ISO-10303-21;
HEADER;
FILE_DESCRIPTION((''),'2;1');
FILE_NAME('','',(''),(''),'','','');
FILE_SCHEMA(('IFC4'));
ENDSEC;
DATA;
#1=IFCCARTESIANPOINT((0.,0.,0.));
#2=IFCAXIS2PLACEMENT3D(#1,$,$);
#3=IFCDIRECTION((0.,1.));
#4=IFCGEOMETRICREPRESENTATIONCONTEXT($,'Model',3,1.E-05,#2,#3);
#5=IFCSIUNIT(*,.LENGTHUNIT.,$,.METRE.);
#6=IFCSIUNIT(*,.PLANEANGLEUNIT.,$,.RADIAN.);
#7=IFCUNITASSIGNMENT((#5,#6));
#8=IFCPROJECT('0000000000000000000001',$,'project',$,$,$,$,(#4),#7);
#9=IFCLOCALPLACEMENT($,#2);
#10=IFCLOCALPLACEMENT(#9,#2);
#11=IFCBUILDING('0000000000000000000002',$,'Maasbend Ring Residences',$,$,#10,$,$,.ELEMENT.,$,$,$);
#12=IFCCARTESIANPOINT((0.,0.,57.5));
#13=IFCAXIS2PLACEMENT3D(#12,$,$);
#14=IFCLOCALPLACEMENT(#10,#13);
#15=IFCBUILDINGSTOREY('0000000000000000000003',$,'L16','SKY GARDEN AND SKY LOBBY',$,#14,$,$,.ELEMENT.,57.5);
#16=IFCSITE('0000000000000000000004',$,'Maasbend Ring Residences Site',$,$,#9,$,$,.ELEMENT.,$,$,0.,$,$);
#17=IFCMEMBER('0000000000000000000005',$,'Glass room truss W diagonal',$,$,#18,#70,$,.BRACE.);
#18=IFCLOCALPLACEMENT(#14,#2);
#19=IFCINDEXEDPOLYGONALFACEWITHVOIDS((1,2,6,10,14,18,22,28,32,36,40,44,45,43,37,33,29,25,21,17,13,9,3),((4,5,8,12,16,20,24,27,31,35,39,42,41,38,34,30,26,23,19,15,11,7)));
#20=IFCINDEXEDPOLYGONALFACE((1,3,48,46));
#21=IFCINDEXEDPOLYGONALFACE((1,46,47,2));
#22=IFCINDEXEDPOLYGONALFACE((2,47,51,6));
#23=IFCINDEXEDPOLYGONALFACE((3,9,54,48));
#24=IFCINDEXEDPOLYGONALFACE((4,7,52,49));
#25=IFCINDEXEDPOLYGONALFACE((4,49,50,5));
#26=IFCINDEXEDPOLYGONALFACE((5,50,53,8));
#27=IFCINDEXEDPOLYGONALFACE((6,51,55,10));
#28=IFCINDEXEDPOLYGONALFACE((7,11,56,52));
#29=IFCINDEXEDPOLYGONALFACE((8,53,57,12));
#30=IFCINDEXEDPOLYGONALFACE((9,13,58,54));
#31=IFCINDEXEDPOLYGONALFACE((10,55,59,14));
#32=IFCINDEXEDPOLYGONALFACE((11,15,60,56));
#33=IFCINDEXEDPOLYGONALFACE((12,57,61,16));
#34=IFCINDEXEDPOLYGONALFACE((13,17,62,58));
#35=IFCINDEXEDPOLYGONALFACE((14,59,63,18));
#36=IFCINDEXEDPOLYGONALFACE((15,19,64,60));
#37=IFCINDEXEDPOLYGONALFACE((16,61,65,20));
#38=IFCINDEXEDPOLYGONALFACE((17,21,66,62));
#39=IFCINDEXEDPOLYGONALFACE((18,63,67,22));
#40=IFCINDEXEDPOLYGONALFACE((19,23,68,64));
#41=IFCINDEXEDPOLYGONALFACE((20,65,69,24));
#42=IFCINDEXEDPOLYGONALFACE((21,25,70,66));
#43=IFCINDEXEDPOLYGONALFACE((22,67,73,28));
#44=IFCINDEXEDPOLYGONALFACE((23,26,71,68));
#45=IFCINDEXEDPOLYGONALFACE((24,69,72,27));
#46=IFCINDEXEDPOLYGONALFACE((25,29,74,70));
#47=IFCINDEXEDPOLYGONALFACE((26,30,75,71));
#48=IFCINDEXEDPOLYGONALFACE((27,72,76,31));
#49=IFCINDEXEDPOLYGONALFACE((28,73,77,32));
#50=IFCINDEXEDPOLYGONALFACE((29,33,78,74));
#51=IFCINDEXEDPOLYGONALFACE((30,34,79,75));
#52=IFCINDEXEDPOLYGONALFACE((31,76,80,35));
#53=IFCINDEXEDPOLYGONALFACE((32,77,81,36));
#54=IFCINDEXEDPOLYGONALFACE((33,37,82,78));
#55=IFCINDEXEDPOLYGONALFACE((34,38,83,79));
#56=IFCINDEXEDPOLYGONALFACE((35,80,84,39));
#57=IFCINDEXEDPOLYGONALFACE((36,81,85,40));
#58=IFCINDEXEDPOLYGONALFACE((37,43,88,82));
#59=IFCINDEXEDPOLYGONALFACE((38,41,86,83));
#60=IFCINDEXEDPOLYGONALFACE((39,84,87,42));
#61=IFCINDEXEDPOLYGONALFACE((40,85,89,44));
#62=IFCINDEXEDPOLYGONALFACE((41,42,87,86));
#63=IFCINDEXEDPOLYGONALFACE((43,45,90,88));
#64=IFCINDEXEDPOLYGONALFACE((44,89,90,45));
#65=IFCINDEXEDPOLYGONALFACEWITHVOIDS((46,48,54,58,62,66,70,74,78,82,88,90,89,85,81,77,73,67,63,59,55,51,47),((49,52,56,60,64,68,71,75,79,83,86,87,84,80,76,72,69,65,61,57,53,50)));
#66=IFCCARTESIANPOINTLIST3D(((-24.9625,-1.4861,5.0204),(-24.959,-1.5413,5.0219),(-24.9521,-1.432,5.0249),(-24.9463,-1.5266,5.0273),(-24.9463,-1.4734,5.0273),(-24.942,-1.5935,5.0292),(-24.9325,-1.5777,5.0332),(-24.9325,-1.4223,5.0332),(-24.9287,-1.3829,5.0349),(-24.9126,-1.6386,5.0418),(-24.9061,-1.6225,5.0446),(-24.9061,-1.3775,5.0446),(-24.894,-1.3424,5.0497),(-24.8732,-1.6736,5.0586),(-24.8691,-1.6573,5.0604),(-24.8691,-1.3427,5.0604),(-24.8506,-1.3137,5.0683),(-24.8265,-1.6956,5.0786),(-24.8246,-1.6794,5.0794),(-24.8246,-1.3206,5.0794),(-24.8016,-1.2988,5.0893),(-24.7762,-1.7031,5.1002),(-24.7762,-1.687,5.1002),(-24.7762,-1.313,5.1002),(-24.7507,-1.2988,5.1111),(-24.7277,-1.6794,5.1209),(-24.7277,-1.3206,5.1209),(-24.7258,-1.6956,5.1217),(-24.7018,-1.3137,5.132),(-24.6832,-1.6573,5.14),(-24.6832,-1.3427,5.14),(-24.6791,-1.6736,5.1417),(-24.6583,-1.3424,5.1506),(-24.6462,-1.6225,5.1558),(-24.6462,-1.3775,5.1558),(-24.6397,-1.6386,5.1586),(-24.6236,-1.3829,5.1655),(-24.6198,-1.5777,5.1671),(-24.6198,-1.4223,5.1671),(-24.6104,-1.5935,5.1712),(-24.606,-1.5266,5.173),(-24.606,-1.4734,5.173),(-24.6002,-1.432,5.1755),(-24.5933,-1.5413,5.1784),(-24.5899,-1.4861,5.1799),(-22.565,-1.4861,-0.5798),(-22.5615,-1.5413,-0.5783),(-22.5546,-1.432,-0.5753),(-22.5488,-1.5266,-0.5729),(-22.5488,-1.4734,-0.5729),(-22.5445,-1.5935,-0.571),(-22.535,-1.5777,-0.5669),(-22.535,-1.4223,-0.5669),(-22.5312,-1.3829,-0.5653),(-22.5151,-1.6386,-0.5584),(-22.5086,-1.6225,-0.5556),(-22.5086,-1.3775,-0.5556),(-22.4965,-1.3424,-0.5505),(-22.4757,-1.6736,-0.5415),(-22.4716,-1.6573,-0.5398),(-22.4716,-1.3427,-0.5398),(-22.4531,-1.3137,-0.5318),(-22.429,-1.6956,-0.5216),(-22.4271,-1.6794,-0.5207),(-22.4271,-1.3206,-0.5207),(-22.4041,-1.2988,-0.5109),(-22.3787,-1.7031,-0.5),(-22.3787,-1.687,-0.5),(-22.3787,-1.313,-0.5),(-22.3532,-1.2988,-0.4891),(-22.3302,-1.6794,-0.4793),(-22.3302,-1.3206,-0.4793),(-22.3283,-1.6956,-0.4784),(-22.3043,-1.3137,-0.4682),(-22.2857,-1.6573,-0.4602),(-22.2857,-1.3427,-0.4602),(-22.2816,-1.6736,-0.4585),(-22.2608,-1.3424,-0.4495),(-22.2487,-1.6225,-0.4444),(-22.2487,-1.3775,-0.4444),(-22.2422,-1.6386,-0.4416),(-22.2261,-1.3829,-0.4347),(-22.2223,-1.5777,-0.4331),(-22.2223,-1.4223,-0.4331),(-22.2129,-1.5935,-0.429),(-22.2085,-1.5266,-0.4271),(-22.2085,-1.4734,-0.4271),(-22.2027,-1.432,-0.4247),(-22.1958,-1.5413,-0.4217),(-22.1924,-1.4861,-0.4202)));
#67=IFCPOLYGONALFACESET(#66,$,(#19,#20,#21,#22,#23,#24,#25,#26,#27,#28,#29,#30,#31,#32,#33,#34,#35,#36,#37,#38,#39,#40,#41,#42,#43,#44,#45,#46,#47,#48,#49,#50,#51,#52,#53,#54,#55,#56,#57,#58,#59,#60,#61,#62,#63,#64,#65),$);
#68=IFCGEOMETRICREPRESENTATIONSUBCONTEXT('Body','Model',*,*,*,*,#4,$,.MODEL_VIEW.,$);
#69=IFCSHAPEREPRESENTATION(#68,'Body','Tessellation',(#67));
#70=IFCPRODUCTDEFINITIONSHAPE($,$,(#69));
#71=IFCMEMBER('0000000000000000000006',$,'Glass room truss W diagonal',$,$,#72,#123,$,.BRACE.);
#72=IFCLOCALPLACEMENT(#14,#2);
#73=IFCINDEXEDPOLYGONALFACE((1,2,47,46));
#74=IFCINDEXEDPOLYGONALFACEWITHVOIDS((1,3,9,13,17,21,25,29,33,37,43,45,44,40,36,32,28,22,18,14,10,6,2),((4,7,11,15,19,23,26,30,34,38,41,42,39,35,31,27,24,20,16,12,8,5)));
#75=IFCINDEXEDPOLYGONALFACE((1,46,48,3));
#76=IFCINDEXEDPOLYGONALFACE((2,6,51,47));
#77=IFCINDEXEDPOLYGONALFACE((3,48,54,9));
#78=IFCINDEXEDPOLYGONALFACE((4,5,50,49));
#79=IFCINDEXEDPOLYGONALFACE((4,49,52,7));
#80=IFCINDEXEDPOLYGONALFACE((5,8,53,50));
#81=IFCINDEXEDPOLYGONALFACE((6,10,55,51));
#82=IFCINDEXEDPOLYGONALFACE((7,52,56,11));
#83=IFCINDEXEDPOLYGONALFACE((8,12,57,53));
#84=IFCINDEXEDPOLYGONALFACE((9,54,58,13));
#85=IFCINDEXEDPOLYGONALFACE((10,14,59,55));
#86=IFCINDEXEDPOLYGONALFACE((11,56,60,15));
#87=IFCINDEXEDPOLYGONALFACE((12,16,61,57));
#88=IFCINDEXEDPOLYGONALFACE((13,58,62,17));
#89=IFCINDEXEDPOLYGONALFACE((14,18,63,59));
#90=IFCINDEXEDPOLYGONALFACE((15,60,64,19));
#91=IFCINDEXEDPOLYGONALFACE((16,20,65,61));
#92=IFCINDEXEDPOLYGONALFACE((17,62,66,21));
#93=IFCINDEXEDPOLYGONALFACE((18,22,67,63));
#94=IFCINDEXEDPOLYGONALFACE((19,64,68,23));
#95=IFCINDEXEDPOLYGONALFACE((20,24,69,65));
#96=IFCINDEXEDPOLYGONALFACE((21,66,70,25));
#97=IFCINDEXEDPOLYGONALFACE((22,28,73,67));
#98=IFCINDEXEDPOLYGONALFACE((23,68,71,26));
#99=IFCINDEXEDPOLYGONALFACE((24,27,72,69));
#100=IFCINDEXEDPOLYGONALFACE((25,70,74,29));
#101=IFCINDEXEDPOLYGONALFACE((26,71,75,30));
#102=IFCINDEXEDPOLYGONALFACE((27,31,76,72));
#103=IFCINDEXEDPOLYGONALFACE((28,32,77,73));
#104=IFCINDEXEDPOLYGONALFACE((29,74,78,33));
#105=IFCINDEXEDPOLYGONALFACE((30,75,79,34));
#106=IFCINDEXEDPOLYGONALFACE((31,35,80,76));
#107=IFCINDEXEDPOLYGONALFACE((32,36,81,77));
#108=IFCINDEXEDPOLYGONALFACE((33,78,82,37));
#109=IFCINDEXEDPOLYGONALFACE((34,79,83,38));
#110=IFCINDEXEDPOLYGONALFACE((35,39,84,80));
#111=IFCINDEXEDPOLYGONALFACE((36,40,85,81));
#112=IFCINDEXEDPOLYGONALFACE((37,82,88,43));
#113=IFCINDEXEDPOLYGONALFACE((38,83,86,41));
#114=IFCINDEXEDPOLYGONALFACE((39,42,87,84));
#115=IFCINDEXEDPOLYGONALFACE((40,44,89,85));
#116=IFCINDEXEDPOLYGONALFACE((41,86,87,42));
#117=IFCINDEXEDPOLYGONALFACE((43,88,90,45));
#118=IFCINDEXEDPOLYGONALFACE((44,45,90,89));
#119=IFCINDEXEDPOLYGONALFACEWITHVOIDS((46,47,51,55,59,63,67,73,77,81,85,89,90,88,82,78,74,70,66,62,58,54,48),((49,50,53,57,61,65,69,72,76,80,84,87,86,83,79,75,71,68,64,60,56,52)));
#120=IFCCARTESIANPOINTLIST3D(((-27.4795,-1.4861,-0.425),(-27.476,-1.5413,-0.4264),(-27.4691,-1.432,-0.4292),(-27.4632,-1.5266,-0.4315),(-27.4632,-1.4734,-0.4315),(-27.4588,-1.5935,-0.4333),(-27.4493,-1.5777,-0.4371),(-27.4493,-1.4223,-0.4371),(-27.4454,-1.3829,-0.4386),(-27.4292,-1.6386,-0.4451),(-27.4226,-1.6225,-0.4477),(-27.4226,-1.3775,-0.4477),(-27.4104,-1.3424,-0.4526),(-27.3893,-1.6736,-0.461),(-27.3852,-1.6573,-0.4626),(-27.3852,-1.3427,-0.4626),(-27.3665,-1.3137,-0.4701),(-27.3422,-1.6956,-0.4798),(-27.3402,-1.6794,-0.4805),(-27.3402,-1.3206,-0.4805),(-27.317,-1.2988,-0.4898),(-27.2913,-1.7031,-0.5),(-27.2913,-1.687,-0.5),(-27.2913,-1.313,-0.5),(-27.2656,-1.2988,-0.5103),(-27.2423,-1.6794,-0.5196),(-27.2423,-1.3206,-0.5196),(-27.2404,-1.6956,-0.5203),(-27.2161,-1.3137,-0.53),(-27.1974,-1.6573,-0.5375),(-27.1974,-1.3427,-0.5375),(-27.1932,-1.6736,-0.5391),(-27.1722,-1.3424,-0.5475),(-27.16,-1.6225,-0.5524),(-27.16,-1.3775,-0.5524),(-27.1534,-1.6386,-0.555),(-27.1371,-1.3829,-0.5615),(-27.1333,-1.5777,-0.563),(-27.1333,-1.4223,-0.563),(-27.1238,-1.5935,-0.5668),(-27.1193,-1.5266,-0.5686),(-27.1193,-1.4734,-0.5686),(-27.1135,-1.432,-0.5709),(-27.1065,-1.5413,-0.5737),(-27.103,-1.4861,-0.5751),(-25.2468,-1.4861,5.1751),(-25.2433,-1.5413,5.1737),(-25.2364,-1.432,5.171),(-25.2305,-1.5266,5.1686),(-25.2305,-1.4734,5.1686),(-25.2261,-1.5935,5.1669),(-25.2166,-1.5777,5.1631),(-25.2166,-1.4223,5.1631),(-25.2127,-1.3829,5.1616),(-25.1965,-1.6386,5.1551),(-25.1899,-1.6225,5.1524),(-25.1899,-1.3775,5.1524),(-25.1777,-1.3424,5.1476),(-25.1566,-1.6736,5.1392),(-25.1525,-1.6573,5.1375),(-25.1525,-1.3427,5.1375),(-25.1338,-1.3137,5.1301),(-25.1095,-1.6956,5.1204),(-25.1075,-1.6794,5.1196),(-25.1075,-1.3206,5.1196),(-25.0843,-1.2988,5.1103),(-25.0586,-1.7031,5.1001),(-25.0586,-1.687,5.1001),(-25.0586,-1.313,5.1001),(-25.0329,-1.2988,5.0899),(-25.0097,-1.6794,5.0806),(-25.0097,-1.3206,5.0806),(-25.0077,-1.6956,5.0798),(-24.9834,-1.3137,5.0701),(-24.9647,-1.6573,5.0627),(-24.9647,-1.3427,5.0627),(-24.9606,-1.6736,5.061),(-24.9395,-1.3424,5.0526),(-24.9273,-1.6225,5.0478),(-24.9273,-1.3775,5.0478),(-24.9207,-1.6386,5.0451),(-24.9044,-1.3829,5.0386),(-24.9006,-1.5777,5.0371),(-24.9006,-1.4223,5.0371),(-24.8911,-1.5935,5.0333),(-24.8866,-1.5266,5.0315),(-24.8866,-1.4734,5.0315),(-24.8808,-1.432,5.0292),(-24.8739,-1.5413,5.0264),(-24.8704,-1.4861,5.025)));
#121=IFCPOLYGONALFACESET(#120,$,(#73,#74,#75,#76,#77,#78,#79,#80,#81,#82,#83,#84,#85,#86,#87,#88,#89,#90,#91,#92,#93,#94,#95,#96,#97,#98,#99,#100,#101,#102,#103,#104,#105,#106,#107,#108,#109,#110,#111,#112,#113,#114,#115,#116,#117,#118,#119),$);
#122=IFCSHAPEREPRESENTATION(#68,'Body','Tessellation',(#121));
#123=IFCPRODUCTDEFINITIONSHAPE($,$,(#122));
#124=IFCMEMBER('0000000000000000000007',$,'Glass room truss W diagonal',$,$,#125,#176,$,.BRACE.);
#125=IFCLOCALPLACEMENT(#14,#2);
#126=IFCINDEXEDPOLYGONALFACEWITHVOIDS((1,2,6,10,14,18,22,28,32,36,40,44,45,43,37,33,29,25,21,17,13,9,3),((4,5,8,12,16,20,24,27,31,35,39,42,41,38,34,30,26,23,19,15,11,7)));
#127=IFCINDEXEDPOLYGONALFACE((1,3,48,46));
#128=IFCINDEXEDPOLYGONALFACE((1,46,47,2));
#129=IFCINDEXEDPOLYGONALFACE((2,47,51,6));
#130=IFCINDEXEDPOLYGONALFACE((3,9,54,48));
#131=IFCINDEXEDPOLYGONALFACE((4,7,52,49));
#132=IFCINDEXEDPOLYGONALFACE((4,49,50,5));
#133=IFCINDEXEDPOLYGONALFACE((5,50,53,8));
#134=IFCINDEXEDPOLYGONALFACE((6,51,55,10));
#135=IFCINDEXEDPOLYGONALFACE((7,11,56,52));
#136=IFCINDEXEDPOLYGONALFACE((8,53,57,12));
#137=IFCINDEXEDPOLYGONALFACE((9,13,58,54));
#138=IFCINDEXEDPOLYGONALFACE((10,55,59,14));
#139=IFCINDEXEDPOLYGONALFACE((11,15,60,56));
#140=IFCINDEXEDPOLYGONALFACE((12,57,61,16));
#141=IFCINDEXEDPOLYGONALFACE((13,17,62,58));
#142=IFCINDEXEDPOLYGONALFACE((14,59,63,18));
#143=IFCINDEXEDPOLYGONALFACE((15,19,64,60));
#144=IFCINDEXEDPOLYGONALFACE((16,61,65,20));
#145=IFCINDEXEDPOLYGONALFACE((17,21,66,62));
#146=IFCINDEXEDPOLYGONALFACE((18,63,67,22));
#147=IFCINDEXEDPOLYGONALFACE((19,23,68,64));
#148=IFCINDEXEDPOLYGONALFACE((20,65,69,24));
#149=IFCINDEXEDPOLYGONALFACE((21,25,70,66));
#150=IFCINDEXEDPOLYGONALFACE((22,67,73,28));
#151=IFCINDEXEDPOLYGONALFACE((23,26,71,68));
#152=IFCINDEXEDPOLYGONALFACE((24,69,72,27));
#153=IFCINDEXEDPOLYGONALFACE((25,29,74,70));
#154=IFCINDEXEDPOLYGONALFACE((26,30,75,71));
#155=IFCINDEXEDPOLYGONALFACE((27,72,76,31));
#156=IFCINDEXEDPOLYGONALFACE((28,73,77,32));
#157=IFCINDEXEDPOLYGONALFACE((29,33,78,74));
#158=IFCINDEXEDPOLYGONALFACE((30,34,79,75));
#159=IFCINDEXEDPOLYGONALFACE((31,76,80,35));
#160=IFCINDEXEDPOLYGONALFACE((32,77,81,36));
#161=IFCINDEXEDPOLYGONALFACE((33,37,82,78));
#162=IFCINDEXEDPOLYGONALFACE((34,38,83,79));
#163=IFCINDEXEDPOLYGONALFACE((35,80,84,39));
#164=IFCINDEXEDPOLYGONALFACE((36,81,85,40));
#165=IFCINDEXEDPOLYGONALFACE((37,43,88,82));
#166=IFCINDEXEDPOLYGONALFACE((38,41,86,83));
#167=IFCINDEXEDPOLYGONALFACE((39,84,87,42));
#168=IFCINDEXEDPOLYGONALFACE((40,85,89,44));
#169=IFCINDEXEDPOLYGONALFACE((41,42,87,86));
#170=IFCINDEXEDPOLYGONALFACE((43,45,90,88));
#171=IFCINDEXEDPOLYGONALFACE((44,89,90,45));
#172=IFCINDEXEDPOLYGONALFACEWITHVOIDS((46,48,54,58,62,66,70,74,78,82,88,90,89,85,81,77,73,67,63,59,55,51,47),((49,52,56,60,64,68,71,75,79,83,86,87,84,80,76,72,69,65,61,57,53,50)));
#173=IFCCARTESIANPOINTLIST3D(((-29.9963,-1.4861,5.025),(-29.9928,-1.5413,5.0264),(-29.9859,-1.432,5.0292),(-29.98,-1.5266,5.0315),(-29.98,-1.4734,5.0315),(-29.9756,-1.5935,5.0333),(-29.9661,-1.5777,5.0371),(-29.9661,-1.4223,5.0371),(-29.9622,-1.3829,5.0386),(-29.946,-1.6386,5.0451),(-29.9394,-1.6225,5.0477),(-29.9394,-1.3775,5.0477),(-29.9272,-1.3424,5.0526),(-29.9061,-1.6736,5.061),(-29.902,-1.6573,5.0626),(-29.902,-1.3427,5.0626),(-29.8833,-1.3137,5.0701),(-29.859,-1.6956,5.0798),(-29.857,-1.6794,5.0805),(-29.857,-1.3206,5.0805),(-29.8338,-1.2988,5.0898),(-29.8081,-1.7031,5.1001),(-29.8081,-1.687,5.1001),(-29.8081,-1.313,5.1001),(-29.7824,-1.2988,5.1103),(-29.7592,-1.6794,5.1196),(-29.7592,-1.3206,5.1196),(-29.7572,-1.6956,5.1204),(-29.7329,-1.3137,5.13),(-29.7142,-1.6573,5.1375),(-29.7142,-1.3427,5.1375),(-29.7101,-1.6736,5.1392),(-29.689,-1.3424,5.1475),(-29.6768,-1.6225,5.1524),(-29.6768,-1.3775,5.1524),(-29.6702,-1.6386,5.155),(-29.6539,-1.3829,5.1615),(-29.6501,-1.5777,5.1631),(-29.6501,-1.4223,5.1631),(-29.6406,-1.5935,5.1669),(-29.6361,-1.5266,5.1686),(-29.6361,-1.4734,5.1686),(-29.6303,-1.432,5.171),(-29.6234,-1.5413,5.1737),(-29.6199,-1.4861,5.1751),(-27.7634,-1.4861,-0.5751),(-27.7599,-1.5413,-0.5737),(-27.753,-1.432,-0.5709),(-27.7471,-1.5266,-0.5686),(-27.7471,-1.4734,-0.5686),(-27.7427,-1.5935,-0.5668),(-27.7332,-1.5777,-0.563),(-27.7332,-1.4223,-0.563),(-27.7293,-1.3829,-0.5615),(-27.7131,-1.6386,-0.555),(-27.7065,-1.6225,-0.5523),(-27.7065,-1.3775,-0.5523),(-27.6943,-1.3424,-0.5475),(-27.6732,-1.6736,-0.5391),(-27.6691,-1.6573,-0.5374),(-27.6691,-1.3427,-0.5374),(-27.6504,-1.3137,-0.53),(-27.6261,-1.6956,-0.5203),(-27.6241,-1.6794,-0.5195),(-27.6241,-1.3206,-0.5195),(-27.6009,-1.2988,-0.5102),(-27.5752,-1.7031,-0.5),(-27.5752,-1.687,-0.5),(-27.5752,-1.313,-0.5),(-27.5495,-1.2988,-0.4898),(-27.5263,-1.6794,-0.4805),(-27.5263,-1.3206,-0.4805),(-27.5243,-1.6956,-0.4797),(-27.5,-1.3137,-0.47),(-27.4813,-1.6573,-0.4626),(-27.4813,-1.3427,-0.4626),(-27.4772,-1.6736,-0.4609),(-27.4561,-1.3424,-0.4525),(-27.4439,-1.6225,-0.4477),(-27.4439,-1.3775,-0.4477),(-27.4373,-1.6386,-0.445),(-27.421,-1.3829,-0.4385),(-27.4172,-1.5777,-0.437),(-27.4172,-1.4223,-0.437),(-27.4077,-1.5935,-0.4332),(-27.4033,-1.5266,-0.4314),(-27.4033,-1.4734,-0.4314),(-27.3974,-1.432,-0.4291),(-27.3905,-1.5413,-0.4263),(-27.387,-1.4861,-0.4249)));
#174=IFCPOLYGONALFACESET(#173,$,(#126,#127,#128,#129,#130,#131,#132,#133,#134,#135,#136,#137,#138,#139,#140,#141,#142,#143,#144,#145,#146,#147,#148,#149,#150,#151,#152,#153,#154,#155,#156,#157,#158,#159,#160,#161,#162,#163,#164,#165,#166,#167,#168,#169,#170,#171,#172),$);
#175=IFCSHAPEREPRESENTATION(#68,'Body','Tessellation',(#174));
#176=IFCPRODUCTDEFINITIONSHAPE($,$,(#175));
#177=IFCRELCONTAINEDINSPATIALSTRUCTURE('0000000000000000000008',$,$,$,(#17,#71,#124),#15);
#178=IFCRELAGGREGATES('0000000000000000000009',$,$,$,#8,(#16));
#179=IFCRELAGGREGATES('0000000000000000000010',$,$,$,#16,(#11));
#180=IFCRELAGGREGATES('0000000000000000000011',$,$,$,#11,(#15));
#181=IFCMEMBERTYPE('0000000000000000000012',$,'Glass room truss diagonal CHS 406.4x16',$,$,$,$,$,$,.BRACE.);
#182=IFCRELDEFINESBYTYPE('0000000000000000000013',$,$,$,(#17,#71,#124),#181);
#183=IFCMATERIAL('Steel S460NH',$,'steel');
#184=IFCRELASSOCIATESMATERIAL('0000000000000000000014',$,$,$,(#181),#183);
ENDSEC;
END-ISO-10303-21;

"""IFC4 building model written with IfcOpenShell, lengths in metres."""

from ifc_helpers import new_model, si_unit, direction, frame, origin, origin_2d, place, context, subcontext, project, spatial, hollow_circle, extrude, material, material_profile, profile_set, type_object, element, save


model = new_model("IFC4")

# Units and contexts
model_context = context("Model", 3, precision=1e-05, world=origin(), true_north=direction((0.0, 1.0)))
body_context = subcontext(model_context, "Body", "Model", "MODEL_VIEW")
ifc_project = project(units=[si_unit("LENGTHUNIT", "METRE"), si_unit("PLANEANGLEUNIT", "RADIAN")], contexts=[model_context])

# Site, building, storey
site_placement = place(None, origin())
site = spatial("IfcSite", under=ifc_project, at=site_placement, Name="Maasbend Ring Residences Site", CompositionType="ELEMENT", RefElevation=0.0)
building_placement = place(site_placement, origin())
building = spatial("IfcBuilding", under=site, at=building_placement, Name="Maasbend Ring Residences", CompositionType="ELEMENT")
storey_placement = place(building_placement, frame((0.0, 0.0, 57.5)))
storey = spatial("IfcBuildingStorey", under=building, at=storey_placement, Name="L16", Description="SKY GARDEN AND SKY LOBBY", CompositionType="ELEMENT", Elevation=57.5)

# Members
ifc_material_1 = material(Name="Steel S460NH", Category="steel")
ifc_material_profile_1 = material_profile(ifc_material_1, hollow_circle(Radius=0.2031, WallThickness=0.0161, at=origin_2d()), Name="Glass room truss diagonal CHS 406.4x16")
ifc_profile_set_1 = profile_set([ifc_material_profile_1], Name="Steel S460NH")
member_type_1 = type_object("IfcMemberType", Name="Glass room truss diagonal CHS 406.4x16", PredefinedType="BRACE", material=ifc_profile_set_1)
member_1_placement = place(storey_placement, frame((-22.3787, -1.5, -0.5), z_axis=(-0.393561, 0.0, 0.919298), x_axis=(0.0, -1.0, 0.0)))
element("IfcMember", 1, at=member_1_placement, inside=storey, type_object=member_type_1, Name="Glass room truss W diagonal", PredefinedType="BRACE", context=body_context, shape_type="SweptSolid", body=[
    extrude(hollow_circle(Radius=0.2031, WallThickness=0.0161, at=origin_2d()), origin(), (0.0, 0.0, 1.0), 6.0918),
])
for number, where, z_axis, x_axis, name in (
    (2, (-25.0586, -1.5, 5.1001), (-0.370336, 0.0, -0.928898), (0.0, -1.0, 0.0), "Glass room truss W diagonal"),
    (3, (-27.5752, -1.5, -0.5), (-0.370371, 0.0, 0.928884), (0.0, -1.0, 0.0), "Glass room truss W diagonal"),
):
    element("IfcMember", number, at=place(storey_placement, frame(where, z_axis=z_axis, x_axis=x_axis)), inside=storey, type_object=member_type_1, Name=name, PredefinedType="BRACE", context=body_context, shape_type="SweptSolid", body=[
        extrude(hollow_circle(Radius=0.2031, WallThickness=0.0161, at=origin_2d()), origin(), (0.0, 0.0, 1.0), 6.0288),
    ])

save(model, "model.ifc")
